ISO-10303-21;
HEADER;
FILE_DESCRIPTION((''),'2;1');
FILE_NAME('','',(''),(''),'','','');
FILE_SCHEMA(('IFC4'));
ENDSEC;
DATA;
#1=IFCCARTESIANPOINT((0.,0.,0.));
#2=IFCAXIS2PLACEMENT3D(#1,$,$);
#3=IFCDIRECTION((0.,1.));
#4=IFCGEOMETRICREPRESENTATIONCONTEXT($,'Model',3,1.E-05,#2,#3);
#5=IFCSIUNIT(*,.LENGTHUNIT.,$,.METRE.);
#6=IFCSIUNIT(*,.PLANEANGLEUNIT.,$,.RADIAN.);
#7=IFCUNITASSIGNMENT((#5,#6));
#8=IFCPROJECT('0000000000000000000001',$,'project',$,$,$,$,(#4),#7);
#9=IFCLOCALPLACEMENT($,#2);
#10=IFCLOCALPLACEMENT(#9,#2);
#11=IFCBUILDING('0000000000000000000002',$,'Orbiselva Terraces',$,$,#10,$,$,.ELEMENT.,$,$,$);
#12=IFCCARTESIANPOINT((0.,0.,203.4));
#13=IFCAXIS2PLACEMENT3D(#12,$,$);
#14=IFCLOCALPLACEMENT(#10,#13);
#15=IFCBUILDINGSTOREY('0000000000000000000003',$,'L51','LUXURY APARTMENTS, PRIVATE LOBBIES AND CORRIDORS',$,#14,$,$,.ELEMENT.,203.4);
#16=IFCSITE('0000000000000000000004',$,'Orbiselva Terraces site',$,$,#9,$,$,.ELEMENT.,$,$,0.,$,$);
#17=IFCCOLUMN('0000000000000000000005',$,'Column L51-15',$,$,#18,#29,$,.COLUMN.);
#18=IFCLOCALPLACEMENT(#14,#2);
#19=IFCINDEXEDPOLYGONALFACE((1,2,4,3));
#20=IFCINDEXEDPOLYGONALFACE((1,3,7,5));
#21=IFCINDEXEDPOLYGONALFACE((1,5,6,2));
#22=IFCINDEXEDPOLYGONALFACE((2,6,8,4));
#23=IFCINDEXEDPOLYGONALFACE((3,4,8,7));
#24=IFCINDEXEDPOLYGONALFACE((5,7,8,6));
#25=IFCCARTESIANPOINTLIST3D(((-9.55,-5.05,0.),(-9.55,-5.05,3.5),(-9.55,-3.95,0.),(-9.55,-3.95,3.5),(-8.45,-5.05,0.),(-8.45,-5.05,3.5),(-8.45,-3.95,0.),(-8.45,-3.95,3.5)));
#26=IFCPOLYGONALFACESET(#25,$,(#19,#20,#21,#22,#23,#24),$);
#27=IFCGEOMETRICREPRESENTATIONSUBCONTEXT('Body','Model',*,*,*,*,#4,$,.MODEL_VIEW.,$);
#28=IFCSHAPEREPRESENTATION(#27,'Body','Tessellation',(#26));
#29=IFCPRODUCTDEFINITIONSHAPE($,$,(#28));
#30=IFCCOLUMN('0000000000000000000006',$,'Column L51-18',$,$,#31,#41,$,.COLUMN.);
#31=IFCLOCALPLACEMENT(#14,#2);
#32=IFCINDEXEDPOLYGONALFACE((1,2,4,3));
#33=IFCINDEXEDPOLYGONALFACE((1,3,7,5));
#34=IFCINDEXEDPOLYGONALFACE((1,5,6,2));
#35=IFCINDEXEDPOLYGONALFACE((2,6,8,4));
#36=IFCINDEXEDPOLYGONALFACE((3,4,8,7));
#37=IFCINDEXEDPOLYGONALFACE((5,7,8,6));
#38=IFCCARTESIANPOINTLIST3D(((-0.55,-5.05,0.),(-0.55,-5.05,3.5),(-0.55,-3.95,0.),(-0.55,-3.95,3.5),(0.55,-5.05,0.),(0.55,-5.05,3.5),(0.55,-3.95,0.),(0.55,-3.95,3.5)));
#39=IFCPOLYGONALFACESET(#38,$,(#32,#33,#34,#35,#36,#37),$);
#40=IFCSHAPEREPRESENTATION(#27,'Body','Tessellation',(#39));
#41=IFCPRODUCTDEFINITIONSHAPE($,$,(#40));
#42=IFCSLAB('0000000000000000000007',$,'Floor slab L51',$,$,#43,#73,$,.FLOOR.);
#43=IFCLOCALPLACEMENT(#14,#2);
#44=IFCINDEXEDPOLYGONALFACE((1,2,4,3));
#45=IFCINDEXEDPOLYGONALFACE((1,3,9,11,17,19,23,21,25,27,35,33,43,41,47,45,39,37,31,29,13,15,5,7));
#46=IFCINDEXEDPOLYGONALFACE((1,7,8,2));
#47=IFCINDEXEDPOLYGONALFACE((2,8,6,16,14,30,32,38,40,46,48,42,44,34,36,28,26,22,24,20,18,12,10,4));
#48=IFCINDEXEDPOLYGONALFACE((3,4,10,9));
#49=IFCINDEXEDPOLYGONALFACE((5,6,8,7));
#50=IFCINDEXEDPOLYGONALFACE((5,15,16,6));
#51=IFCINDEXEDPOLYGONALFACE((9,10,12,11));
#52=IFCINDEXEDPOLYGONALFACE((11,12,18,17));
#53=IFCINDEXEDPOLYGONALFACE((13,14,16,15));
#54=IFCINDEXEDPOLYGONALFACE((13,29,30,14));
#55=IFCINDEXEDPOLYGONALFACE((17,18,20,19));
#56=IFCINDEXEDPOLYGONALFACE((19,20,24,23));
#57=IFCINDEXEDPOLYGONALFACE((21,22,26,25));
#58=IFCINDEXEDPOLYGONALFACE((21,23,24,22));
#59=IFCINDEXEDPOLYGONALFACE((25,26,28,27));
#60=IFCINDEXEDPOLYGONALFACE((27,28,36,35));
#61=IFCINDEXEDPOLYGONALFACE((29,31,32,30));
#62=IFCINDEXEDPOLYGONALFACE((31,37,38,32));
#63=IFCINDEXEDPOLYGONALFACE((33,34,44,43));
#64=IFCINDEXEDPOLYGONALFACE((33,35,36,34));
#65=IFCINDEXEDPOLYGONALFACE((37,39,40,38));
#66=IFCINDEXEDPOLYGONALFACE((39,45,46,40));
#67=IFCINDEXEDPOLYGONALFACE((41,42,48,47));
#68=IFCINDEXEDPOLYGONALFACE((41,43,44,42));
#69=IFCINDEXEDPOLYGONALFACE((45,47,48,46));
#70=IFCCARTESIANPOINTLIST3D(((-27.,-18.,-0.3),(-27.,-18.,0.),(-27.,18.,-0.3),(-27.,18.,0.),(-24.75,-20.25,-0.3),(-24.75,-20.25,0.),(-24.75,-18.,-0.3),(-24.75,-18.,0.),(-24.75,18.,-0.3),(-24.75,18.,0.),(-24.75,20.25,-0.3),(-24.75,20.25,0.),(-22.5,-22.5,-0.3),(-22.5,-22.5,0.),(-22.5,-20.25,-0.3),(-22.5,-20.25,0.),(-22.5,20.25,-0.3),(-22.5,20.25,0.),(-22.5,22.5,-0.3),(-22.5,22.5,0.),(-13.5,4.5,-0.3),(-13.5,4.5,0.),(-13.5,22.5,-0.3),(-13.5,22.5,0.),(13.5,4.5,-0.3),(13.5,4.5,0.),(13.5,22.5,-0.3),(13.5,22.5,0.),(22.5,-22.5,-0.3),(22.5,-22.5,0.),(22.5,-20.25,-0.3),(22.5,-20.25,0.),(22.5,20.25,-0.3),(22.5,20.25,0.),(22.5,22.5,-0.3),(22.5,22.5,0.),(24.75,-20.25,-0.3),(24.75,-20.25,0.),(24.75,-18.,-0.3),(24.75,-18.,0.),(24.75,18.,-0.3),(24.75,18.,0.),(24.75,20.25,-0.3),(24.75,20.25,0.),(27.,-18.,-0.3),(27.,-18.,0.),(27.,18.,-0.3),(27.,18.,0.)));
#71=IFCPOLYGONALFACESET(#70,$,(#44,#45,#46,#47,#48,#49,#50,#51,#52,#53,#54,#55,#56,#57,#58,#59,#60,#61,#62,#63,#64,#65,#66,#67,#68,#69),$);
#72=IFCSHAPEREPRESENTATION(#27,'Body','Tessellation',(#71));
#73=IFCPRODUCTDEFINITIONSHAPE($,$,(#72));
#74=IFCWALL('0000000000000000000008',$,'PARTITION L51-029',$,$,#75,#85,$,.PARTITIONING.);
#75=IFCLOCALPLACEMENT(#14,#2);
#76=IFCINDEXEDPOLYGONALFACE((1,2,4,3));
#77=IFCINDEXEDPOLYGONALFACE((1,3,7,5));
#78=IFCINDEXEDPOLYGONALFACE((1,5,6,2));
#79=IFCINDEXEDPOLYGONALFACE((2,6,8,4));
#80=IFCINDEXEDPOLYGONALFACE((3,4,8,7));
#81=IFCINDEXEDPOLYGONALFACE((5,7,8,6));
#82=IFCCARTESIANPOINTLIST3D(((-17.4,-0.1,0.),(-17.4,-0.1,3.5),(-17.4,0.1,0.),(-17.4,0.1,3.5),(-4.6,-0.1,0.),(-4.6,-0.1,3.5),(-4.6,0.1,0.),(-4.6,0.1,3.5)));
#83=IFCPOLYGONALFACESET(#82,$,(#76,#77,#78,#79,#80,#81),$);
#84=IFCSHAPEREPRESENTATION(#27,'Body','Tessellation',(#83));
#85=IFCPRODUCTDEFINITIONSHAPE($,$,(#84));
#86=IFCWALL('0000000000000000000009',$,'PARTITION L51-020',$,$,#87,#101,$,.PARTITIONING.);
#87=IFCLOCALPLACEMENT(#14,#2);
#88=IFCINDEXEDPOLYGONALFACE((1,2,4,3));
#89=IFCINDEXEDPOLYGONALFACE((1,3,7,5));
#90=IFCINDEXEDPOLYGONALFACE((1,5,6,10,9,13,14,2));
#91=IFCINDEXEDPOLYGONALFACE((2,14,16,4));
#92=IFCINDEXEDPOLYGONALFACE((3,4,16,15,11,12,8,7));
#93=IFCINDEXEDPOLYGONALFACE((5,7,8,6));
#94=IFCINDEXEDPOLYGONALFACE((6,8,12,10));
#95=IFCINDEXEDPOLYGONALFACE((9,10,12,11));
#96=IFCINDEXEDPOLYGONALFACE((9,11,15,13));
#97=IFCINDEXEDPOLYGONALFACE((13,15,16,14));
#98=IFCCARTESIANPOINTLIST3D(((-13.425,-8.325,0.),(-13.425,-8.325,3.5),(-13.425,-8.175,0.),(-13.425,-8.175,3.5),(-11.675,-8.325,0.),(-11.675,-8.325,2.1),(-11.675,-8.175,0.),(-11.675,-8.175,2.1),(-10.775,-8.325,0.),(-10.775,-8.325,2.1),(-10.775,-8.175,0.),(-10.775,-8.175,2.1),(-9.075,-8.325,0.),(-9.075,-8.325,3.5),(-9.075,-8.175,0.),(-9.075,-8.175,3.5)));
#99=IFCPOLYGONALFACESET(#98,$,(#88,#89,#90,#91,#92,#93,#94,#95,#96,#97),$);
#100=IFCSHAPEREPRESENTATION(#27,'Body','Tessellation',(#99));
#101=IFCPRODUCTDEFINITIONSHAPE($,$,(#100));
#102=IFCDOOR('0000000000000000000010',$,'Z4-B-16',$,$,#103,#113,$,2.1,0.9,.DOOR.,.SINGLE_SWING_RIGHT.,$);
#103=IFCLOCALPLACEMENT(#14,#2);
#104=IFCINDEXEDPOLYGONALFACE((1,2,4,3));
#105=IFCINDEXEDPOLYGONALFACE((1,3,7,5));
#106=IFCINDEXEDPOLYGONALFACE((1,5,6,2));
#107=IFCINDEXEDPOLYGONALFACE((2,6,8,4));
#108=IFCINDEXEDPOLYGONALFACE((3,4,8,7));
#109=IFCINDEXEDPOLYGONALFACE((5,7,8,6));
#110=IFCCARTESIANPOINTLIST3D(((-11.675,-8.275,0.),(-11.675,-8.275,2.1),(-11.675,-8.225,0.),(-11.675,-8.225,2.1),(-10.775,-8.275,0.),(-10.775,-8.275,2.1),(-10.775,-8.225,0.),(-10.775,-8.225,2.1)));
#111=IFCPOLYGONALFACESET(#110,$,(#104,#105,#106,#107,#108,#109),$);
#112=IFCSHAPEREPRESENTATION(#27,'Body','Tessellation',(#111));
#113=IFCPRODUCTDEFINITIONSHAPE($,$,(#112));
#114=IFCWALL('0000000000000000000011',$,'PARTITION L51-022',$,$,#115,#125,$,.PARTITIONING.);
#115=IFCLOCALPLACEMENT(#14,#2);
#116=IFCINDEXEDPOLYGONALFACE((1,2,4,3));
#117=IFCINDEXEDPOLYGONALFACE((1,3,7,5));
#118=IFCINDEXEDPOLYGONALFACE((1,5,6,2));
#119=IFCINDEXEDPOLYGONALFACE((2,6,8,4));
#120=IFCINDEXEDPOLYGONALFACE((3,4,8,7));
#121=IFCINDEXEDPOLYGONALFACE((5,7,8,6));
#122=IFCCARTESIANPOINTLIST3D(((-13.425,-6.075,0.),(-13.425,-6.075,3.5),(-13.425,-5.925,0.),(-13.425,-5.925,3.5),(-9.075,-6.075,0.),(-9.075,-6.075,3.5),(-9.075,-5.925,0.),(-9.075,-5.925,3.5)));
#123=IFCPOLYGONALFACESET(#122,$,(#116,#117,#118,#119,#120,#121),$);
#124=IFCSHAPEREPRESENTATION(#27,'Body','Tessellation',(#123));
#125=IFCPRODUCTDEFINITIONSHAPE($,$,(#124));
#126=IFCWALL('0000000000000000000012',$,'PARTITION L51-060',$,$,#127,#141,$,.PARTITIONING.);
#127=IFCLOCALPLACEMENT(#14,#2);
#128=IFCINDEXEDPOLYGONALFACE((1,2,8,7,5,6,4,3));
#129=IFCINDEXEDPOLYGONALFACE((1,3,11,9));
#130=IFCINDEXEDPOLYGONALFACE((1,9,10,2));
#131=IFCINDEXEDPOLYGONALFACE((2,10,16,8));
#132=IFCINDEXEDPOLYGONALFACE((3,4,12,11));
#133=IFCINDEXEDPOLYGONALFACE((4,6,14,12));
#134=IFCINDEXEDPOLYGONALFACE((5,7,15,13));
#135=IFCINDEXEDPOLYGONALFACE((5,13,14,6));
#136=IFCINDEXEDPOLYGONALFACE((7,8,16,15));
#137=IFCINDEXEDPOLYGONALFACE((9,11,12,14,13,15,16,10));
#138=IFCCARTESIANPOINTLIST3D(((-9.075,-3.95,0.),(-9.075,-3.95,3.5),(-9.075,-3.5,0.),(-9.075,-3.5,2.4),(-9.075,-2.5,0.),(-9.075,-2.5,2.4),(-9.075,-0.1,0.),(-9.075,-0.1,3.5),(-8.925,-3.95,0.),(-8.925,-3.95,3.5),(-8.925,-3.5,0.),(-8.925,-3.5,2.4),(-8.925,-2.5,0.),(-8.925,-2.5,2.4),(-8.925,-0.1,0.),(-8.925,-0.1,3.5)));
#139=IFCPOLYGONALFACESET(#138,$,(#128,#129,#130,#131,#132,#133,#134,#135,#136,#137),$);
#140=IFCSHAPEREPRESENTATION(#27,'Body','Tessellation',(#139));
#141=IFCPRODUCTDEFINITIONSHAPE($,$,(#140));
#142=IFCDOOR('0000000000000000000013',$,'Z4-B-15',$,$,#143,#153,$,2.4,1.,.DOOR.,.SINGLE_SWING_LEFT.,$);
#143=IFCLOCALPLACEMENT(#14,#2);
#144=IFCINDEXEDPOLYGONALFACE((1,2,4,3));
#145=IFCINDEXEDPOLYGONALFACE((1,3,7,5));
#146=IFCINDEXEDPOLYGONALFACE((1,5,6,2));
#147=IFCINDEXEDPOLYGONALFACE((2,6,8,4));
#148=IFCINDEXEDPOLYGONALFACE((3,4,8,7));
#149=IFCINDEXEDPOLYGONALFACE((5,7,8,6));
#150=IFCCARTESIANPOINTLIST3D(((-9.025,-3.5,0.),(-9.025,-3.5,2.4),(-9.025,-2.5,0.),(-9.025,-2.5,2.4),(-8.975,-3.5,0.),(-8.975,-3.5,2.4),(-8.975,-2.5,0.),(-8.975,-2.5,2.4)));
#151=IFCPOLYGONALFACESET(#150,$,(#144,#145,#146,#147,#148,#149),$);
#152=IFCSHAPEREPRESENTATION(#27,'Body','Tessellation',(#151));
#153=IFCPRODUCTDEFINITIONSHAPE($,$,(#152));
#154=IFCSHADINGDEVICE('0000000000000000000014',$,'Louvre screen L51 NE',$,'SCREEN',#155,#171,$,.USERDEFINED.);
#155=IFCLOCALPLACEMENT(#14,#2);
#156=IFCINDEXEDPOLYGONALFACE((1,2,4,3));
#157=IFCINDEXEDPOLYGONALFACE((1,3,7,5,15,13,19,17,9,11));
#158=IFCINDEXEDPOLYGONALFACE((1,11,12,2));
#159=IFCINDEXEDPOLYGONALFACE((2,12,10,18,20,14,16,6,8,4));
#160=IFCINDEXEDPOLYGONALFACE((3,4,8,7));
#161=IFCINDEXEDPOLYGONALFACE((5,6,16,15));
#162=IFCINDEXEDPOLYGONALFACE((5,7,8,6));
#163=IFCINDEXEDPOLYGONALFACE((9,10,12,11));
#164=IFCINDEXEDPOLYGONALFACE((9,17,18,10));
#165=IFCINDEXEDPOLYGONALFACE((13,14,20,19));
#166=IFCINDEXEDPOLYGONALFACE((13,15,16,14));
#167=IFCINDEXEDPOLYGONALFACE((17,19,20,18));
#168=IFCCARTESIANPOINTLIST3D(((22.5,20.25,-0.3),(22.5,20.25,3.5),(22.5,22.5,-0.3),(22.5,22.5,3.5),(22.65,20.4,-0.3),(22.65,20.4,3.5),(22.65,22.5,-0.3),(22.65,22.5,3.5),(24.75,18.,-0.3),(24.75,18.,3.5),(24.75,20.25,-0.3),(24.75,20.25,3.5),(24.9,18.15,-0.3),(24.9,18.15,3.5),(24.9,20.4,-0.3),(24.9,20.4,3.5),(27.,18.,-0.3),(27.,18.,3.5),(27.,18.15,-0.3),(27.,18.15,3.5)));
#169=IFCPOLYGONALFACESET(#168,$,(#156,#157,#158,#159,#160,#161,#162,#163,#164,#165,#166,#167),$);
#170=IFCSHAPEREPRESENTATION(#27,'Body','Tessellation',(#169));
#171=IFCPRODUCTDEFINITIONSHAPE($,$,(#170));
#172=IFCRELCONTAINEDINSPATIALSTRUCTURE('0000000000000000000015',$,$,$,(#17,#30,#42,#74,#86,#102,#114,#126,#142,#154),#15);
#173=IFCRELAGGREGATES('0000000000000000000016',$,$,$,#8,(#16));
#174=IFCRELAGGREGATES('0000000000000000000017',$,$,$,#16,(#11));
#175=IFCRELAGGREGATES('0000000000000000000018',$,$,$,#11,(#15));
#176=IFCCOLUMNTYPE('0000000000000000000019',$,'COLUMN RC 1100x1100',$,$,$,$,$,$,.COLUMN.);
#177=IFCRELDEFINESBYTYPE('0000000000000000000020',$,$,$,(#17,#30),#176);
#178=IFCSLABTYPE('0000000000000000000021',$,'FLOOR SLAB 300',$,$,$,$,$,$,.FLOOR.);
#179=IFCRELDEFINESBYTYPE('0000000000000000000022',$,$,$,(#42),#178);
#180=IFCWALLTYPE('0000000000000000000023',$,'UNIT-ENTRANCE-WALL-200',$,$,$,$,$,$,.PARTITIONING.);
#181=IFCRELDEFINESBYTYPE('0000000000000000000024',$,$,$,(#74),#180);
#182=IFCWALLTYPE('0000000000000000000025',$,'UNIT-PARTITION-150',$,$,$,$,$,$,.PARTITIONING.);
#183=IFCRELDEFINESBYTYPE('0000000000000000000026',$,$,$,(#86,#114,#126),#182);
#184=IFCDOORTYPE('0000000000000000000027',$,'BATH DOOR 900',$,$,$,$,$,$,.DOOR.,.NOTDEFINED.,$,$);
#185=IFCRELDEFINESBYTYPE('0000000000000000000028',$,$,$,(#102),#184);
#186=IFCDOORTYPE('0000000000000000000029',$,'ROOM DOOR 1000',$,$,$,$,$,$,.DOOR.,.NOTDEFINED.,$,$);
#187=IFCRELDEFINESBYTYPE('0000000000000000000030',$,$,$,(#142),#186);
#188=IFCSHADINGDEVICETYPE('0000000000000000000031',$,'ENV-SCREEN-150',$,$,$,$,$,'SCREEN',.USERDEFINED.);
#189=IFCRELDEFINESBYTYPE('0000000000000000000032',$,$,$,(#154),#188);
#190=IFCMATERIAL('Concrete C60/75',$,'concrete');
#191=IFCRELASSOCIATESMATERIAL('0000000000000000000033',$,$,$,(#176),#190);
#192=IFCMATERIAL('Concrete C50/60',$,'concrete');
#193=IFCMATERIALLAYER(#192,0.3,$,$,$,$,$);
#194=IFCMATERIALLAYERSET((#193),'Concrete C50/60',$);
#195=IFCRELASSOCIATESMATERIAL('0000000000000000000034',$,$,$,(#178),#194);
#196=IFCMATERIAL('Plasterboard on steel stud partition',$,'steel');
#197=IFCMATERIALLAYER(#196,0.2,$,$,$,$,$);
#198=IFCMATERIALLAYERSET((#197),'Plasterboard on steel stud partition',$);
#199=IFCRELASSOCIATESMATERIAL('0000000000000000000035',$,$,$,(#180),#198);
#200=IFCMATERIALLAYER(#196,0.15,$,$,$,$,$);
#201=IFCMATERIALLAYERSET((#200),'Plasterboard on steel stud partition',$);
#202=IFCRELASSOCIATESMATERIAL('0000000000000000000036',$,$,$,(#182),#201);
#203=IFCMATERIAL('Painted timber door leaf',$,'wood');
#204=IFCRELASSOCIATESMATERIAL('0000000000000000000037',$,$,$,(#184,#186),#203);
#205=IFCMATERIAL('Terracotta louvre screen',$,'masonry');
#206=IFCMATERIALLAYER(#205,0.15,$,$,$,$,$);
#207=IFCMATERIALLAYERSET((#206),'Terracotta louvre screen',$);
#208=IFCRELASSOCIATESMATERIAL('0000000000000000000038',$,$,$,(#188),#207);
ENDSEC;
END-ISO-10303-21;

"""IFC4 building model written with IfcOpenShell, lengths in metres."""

from ifc_helpers import new_model, si_unit, direction, frame, frame_2d, origin, origin_2d, place, context, subcontext, project, spatial, polyline, rectangle, outline, extrude, material, layer, layer_set, material_profile, profile_set, type_object, element, fill, save


model = new_model("IFC4")

# Units and contexts
model_context = context("Model", 3, precision=1e-05, world=origin(), true_north=direction((0.0, 1.0)))
body_context = subcontext(model_context, "Body", "Model", "MODEL_VIEW")
ifc_project = project(units=[si_unit("LENGTHUNIT", "METRE"), si_unit("PLANEANGLEUNIT", "RADIAN")], contexts=[model_context])

# Site, building, storey
site_placement = place(None, origin())
site = spatial("IfcSite", under=ifc_project, at=site_placement, Name="Orbiselva Terraces site", CompositionType="ELEMENT", RefElevation=0.0)
building_placement = place(site_placement, origin())
building = spatial("IfcBuilding", under=site, at=building_placement, Name="Orbiselva Terraces", CompositionType="ELEMENT")
storey_placement = place(building_placement, frame((0.0, 0.0, 203.4)))
storey = spatial("IfcBuildingStorey", under=building, at=storey_placement, Name="L51", Description="LUXURY APARTMENTS, PRIVATE LOBBIES AND CORRIDORS", CompositionType="ELEMENT", Elevation=203.4)

# Columns
ifc_material_1 = material(Name="Concrete C60/75", Category="concrete")
ifc_material_profile = material_profile(ifc_material_1, rectangle(XDim=1.1, YDim=1.1, at=origin_2d()), Name="RC 1100x1100")
ifc_profile_set = profile_set([ifc_material_profile], Name="Concrete C60/75")
column_type = type_object("IfcColumnType", Name="COLUMN RC 1100x1100", PredefinedType="COLUMN", material=ifc_profile_set)
for number, where, z_axis, x_axis, name in (
    (1, (-9.0, -4.5, 0.0), (0.0, 0.0, 1.0), (1.0, 0.0, 0.0), "Column L51-15"),
    (2, (0.0, -4.5, 0.0), (0.0, 0.0, 1.0), (1.0, 0.0, 0.0), "Column L51-18"),
):
    element("IfcColumn", number, at=place(storey_placement, frame(where, z_axis=z_axis, x_axis=x_axis)), inside=storey, type_object=column_type, Name=name, PredefinedType="COLUMN", context=body_context, shape_type="SweptSolid", body=[
        extrude(rectangle(XDim=1.1, YDim=1.1, at=origin_2d()), origin(), (0.0, 0.0, 1.0), 3.5),
    ])

# Slab
ifc_material_2 = material(Name="Concrete C50/60", Category="concrete")
ifc_layer_1 = layer(ifc_material_2, 0.3)
ifc_layer_set_1 = layer_set([ifc_layer_1], Name="Concrete C50/60")
slab_type = type_object("IfcSlabType", Name="FLOOR SLAB 300", PredefinedType="FLOOR", material=ifc_layer_set_1)
slab_placement = place(storey_placement, frame((0.0, 0.0, -0.3)))
element("IfcSlab", 3, at=slab_placement, inside=storey, type_object=slab_type, Name="Floor slab L51", PredefinedType="FLOOR", context=body_context, shape_type="SweptSolid", body=[
    extrude(outline(polyline([(22.5, 22.5), (22.5, 20.25), (24.75, 20.25), (24.75, 18.0), (27.0, 18.0), (27.0, -18.0), (24.75, -18.0), (24.75, -20.25), (22.5, -20.25), (22.5, -22.5), (-22.5, -22.5), (-22.5, -20.25), (-24.75, -20.25), (-24.75, -18.0), (-27.0, -18.0), (-27.0, 18.0), (-24.75, 18.0), (-24.75, 20.25), (-22.5, 20.25), (-22.5, 22.5), (-13.5, 22.5), (-13.5, 4.5), (13.5, 4.5), (13.5, 22.5), (22.5, 22.5)])), origin(), (0.0, 0.0, 1.0), 0.3),
])

# Wall
ifc_material_3 = material(Name="Plasterboard on steel stud partition", Category="steel")
ifc_layer_2 = layer(ifc_material_3, 0.2)
ifc_layer_set_2 = layer_set([ifc_layer_2], Name="Plasterboard on steel stud partition")
wall_type_1 = type_object("IfcWallType", Name="UNIT-ENTRANCE-WALL-200", PredefinedType="PARTITIONING", material=ifc_layer_set_2)
wall_1_placement = place(storey_placement, frame((-17.4, 0.0, 0.0), z_axis=(0.0, 0.0, 1.0), x_axis=(1.0, 0.0, 0.0)))
element("IfcWall", 4, at=wall_1_placement, inside=storey, type_object=wall_type_1, Name="PARTITION L51-029", PredefinedType="PARTITIONING", context=body_context, shape_type="SweptSolid", body=[
    extrude(rectangle(XDim=12.8, YDim=0.2, at=frame_2d((6.4, 0.0))), origin(), (0.0, 0.0, 1.0), 3.5),
])

# Wall, opening, door
ifc_layer_3 = layer(ifc_material_3, 0.15)
ifc_layer_set_3 = layer_set([ifc_layer_3], Name="Plasterboard on steel stud partition")
wall_type_2 = type_object("IfcWallType", Name="UNIT-PARTITION-150", PredefinedType="PARTITIONING", material=ifc_layer_set_3)
wall_2_placement = place(storey_placement, frame((-13.425, -8.25, 0.0), z_axis=(0.0, 0.0, 1.0), x_axis=(1.0, 0.0, 0.0)))
wall_2 = element("IfcWall", 5, at=wall_2_placement, inside=storey, type_object=wall_type_2, Name="PARTITION L51-020", PredefinedType="PARTITIONING", context=body_context, shape_type="SweptSolid", body=[
    extrude(rectangle(XDim=4.35, YDim=0.15, at=frame_2d((2.175, 0.0))), origin(), (0.0, 0.0, 1.0), 3.5),
])
opening_1_placement = place(wall_2_placement, frame((1.75, 0.0, 0.0)))
opening_1 = element("IfcOpeningElement", 6, at=opening_1_placement, cuts=wall_2, PredefinedType="OPENING", context=body_context, shape_type="SweptSolid", body=[
    extrude(rectangle(XDim=0.9, YDim=2.1, at=frame_2d((0.45, 1.05))), frame((0.0, 0.085, 0.0), z_axis=(0.0, -1.0, 0.0), x_axis=(1.0, 0.0, 0.0)), (0.0, 0.0, 1.0), 0.17),
])
ifc_material_4 = material(Name="Painted timber door leaf", Category="wood")
door_type_1 = type_object("IfcDoorType", Name="BATH DOOR 900", OperationType="NOTDEFINED", PredefinedType="DOOR", material=ifc_material_4)
door_1_placement = place(opening_1_placement, origin())
door_1 = element("IfcDoor", 7, at=door_1_placement, inside=storey, type_object=door_type_1, Name="Z4-B-16", OperationType="SINGLE_SWING_RIGHT", OverallHeight=2.1, OverallWidth=0.9, PredefinedType="DOOR", context=body_context, shape_type="SweptSolid", body=[
    extrude(rectangle(XDim=0.9, YDim=2.1, at=frame_2d((0.45, 1.05))), frame((0.0, 0.025, 0.0), z_axis=(0.0, -1.0, 0.0), x_axis=(1.0, 0.0, 0.0)), (0.0, 0.0, 1.0), 0.05),
])
fill(opening_1, door_1)

# Wall
wall_3_placement = place(storey_placement, frame((-13.425, -6.0, 0.0), z_axis=(0.0, 0.0, 1.0), x_axis=(1.0, 0.0, 0.0)))
element("IfcWall", 8, at=wall_3_placement, inside=storey, type_object=wall_type_2, Name="PARTITION L51-022", PredefinedType="PARTITIONING", context=body_context, shape_type="SweptSolid", body=[
    extrude(rectangle(XDim=4.35, YDim=0.15, at=frame_2d((2.175, 0.0))), origin(), (0.0, 0.0, 1.0), 3.5),
])

# Wall, opening, door
wall_4_placement = place(storey_placement, frame((-9.0, -3.95, 0.0), z_axis=(0.0, 0.0, 1.0), x_axis=(0.0, 1.0, 0.0)))
wall_4 = element("IfcWall", 9, at=wall_4_placement, inside=storey, type_object=wall_type_2, Name="PARTITION L51-060", PredefinedType="PARTITIONING", context=body_context, shape_type="SweptSolid", body=[
    extrude(rectangle(XDim=3.85, YDim=0.15, at=frame_2d((1.925, 0.0))), origin(), (0.0, 0.0, 1.0), 3.5),
])
opening_2_placement = place(wall_4_placement, frame((0.45, 0.0, 0.0)))
opening_2 = element("IfcOpeningElement", 10, at=opening_2_placement, cuts=wall_4, PredefinedType="OPENING", context=body_context, shape_type="SweptSolid", body=[
    extrude(rectangle(XDim=1.0, YDim=2.4, at=frame_2d((0.5, 1.2))), frame((0.0, 0.085, 0.0), z_axis=(0.0, -1.0, 0.0), x_axis=(1.0, 0.0, 0.0)), (0.0, 0.0, 1.0), 0.17),
])
door_type_2 = type_object("IfcDoorType", Name="ROOM DOOR 1000", OperationType="NOTDEFINED", PredefinedType="DOOR", material=ifc_material_4)
door_2_placement = place(opening_2_placement, origin())
door_2 = element("IfcDoor", 11, at=door_2_placement, inside=storey, type_object=door_type_2, Name="Z4-B-15", OperationType="SINGLE_SWING_LEFT", OverallHeight=2.4, OverallWidth=1.0, PredefinedType="DOOR", context=body_context, shape_type="SweptSolid", body=[
    extrude(rectangle(XDim=1.0, YDim=2.4, at=frame_2d((0.5, 1.2))), frame((0.0, 0.025, 0.0), z_axis=(0.0, -1.0, 0.0), x_axis=(1.0, 0.0, 0.0)), (0.0, 0.0, 1.0), 0.05),
])
fill(opening_2, door_2)

# Shading device
ifc_material_5 = material(Name="Terracotta louvre screen", Category="masonry")
ifc_layer_4 = layer(ifc_material_5, 0.15)
ifc_layer_set_4 = layer_set([ifc_layer_4], Name="Terracotta louvre screen")
shading_device_type_1 = type_object("IfcShadingDeviceType", Name="ENV-SCREEN-150", ElementType="SCREEN", PredefinedType="USERDEFINED", material=ifc_layer_set_4)
shading_device_1_placement = place(storey_placement, frame((0.0, 0.0, -0.3)))
element("IfcShadingDevice", 12, at=shading_device_1_placement, inside=storey, type_object=shading_device_type_1, Name="Louvre screen L51 NE", ObjectType="SCREEN", PredefinedType="USERDEFINED", context=body_context, shape_type="SweptSolid", body=[
    extrude(outline(polyline([(27.0, 18.15), (24.9, 18.15), (24.9, 20.4), (22.65, 20.4), (22.65, 22.5), (22.5, 22.5), (22.5, 20.25), (24.75, 20.25), (24.75, 18.0), (27.0, 18.0), (27.0, 18.15)])), origin(), (0.0, 0.0, 1.0), 3.8),
])

save(model, "model.ifc")
